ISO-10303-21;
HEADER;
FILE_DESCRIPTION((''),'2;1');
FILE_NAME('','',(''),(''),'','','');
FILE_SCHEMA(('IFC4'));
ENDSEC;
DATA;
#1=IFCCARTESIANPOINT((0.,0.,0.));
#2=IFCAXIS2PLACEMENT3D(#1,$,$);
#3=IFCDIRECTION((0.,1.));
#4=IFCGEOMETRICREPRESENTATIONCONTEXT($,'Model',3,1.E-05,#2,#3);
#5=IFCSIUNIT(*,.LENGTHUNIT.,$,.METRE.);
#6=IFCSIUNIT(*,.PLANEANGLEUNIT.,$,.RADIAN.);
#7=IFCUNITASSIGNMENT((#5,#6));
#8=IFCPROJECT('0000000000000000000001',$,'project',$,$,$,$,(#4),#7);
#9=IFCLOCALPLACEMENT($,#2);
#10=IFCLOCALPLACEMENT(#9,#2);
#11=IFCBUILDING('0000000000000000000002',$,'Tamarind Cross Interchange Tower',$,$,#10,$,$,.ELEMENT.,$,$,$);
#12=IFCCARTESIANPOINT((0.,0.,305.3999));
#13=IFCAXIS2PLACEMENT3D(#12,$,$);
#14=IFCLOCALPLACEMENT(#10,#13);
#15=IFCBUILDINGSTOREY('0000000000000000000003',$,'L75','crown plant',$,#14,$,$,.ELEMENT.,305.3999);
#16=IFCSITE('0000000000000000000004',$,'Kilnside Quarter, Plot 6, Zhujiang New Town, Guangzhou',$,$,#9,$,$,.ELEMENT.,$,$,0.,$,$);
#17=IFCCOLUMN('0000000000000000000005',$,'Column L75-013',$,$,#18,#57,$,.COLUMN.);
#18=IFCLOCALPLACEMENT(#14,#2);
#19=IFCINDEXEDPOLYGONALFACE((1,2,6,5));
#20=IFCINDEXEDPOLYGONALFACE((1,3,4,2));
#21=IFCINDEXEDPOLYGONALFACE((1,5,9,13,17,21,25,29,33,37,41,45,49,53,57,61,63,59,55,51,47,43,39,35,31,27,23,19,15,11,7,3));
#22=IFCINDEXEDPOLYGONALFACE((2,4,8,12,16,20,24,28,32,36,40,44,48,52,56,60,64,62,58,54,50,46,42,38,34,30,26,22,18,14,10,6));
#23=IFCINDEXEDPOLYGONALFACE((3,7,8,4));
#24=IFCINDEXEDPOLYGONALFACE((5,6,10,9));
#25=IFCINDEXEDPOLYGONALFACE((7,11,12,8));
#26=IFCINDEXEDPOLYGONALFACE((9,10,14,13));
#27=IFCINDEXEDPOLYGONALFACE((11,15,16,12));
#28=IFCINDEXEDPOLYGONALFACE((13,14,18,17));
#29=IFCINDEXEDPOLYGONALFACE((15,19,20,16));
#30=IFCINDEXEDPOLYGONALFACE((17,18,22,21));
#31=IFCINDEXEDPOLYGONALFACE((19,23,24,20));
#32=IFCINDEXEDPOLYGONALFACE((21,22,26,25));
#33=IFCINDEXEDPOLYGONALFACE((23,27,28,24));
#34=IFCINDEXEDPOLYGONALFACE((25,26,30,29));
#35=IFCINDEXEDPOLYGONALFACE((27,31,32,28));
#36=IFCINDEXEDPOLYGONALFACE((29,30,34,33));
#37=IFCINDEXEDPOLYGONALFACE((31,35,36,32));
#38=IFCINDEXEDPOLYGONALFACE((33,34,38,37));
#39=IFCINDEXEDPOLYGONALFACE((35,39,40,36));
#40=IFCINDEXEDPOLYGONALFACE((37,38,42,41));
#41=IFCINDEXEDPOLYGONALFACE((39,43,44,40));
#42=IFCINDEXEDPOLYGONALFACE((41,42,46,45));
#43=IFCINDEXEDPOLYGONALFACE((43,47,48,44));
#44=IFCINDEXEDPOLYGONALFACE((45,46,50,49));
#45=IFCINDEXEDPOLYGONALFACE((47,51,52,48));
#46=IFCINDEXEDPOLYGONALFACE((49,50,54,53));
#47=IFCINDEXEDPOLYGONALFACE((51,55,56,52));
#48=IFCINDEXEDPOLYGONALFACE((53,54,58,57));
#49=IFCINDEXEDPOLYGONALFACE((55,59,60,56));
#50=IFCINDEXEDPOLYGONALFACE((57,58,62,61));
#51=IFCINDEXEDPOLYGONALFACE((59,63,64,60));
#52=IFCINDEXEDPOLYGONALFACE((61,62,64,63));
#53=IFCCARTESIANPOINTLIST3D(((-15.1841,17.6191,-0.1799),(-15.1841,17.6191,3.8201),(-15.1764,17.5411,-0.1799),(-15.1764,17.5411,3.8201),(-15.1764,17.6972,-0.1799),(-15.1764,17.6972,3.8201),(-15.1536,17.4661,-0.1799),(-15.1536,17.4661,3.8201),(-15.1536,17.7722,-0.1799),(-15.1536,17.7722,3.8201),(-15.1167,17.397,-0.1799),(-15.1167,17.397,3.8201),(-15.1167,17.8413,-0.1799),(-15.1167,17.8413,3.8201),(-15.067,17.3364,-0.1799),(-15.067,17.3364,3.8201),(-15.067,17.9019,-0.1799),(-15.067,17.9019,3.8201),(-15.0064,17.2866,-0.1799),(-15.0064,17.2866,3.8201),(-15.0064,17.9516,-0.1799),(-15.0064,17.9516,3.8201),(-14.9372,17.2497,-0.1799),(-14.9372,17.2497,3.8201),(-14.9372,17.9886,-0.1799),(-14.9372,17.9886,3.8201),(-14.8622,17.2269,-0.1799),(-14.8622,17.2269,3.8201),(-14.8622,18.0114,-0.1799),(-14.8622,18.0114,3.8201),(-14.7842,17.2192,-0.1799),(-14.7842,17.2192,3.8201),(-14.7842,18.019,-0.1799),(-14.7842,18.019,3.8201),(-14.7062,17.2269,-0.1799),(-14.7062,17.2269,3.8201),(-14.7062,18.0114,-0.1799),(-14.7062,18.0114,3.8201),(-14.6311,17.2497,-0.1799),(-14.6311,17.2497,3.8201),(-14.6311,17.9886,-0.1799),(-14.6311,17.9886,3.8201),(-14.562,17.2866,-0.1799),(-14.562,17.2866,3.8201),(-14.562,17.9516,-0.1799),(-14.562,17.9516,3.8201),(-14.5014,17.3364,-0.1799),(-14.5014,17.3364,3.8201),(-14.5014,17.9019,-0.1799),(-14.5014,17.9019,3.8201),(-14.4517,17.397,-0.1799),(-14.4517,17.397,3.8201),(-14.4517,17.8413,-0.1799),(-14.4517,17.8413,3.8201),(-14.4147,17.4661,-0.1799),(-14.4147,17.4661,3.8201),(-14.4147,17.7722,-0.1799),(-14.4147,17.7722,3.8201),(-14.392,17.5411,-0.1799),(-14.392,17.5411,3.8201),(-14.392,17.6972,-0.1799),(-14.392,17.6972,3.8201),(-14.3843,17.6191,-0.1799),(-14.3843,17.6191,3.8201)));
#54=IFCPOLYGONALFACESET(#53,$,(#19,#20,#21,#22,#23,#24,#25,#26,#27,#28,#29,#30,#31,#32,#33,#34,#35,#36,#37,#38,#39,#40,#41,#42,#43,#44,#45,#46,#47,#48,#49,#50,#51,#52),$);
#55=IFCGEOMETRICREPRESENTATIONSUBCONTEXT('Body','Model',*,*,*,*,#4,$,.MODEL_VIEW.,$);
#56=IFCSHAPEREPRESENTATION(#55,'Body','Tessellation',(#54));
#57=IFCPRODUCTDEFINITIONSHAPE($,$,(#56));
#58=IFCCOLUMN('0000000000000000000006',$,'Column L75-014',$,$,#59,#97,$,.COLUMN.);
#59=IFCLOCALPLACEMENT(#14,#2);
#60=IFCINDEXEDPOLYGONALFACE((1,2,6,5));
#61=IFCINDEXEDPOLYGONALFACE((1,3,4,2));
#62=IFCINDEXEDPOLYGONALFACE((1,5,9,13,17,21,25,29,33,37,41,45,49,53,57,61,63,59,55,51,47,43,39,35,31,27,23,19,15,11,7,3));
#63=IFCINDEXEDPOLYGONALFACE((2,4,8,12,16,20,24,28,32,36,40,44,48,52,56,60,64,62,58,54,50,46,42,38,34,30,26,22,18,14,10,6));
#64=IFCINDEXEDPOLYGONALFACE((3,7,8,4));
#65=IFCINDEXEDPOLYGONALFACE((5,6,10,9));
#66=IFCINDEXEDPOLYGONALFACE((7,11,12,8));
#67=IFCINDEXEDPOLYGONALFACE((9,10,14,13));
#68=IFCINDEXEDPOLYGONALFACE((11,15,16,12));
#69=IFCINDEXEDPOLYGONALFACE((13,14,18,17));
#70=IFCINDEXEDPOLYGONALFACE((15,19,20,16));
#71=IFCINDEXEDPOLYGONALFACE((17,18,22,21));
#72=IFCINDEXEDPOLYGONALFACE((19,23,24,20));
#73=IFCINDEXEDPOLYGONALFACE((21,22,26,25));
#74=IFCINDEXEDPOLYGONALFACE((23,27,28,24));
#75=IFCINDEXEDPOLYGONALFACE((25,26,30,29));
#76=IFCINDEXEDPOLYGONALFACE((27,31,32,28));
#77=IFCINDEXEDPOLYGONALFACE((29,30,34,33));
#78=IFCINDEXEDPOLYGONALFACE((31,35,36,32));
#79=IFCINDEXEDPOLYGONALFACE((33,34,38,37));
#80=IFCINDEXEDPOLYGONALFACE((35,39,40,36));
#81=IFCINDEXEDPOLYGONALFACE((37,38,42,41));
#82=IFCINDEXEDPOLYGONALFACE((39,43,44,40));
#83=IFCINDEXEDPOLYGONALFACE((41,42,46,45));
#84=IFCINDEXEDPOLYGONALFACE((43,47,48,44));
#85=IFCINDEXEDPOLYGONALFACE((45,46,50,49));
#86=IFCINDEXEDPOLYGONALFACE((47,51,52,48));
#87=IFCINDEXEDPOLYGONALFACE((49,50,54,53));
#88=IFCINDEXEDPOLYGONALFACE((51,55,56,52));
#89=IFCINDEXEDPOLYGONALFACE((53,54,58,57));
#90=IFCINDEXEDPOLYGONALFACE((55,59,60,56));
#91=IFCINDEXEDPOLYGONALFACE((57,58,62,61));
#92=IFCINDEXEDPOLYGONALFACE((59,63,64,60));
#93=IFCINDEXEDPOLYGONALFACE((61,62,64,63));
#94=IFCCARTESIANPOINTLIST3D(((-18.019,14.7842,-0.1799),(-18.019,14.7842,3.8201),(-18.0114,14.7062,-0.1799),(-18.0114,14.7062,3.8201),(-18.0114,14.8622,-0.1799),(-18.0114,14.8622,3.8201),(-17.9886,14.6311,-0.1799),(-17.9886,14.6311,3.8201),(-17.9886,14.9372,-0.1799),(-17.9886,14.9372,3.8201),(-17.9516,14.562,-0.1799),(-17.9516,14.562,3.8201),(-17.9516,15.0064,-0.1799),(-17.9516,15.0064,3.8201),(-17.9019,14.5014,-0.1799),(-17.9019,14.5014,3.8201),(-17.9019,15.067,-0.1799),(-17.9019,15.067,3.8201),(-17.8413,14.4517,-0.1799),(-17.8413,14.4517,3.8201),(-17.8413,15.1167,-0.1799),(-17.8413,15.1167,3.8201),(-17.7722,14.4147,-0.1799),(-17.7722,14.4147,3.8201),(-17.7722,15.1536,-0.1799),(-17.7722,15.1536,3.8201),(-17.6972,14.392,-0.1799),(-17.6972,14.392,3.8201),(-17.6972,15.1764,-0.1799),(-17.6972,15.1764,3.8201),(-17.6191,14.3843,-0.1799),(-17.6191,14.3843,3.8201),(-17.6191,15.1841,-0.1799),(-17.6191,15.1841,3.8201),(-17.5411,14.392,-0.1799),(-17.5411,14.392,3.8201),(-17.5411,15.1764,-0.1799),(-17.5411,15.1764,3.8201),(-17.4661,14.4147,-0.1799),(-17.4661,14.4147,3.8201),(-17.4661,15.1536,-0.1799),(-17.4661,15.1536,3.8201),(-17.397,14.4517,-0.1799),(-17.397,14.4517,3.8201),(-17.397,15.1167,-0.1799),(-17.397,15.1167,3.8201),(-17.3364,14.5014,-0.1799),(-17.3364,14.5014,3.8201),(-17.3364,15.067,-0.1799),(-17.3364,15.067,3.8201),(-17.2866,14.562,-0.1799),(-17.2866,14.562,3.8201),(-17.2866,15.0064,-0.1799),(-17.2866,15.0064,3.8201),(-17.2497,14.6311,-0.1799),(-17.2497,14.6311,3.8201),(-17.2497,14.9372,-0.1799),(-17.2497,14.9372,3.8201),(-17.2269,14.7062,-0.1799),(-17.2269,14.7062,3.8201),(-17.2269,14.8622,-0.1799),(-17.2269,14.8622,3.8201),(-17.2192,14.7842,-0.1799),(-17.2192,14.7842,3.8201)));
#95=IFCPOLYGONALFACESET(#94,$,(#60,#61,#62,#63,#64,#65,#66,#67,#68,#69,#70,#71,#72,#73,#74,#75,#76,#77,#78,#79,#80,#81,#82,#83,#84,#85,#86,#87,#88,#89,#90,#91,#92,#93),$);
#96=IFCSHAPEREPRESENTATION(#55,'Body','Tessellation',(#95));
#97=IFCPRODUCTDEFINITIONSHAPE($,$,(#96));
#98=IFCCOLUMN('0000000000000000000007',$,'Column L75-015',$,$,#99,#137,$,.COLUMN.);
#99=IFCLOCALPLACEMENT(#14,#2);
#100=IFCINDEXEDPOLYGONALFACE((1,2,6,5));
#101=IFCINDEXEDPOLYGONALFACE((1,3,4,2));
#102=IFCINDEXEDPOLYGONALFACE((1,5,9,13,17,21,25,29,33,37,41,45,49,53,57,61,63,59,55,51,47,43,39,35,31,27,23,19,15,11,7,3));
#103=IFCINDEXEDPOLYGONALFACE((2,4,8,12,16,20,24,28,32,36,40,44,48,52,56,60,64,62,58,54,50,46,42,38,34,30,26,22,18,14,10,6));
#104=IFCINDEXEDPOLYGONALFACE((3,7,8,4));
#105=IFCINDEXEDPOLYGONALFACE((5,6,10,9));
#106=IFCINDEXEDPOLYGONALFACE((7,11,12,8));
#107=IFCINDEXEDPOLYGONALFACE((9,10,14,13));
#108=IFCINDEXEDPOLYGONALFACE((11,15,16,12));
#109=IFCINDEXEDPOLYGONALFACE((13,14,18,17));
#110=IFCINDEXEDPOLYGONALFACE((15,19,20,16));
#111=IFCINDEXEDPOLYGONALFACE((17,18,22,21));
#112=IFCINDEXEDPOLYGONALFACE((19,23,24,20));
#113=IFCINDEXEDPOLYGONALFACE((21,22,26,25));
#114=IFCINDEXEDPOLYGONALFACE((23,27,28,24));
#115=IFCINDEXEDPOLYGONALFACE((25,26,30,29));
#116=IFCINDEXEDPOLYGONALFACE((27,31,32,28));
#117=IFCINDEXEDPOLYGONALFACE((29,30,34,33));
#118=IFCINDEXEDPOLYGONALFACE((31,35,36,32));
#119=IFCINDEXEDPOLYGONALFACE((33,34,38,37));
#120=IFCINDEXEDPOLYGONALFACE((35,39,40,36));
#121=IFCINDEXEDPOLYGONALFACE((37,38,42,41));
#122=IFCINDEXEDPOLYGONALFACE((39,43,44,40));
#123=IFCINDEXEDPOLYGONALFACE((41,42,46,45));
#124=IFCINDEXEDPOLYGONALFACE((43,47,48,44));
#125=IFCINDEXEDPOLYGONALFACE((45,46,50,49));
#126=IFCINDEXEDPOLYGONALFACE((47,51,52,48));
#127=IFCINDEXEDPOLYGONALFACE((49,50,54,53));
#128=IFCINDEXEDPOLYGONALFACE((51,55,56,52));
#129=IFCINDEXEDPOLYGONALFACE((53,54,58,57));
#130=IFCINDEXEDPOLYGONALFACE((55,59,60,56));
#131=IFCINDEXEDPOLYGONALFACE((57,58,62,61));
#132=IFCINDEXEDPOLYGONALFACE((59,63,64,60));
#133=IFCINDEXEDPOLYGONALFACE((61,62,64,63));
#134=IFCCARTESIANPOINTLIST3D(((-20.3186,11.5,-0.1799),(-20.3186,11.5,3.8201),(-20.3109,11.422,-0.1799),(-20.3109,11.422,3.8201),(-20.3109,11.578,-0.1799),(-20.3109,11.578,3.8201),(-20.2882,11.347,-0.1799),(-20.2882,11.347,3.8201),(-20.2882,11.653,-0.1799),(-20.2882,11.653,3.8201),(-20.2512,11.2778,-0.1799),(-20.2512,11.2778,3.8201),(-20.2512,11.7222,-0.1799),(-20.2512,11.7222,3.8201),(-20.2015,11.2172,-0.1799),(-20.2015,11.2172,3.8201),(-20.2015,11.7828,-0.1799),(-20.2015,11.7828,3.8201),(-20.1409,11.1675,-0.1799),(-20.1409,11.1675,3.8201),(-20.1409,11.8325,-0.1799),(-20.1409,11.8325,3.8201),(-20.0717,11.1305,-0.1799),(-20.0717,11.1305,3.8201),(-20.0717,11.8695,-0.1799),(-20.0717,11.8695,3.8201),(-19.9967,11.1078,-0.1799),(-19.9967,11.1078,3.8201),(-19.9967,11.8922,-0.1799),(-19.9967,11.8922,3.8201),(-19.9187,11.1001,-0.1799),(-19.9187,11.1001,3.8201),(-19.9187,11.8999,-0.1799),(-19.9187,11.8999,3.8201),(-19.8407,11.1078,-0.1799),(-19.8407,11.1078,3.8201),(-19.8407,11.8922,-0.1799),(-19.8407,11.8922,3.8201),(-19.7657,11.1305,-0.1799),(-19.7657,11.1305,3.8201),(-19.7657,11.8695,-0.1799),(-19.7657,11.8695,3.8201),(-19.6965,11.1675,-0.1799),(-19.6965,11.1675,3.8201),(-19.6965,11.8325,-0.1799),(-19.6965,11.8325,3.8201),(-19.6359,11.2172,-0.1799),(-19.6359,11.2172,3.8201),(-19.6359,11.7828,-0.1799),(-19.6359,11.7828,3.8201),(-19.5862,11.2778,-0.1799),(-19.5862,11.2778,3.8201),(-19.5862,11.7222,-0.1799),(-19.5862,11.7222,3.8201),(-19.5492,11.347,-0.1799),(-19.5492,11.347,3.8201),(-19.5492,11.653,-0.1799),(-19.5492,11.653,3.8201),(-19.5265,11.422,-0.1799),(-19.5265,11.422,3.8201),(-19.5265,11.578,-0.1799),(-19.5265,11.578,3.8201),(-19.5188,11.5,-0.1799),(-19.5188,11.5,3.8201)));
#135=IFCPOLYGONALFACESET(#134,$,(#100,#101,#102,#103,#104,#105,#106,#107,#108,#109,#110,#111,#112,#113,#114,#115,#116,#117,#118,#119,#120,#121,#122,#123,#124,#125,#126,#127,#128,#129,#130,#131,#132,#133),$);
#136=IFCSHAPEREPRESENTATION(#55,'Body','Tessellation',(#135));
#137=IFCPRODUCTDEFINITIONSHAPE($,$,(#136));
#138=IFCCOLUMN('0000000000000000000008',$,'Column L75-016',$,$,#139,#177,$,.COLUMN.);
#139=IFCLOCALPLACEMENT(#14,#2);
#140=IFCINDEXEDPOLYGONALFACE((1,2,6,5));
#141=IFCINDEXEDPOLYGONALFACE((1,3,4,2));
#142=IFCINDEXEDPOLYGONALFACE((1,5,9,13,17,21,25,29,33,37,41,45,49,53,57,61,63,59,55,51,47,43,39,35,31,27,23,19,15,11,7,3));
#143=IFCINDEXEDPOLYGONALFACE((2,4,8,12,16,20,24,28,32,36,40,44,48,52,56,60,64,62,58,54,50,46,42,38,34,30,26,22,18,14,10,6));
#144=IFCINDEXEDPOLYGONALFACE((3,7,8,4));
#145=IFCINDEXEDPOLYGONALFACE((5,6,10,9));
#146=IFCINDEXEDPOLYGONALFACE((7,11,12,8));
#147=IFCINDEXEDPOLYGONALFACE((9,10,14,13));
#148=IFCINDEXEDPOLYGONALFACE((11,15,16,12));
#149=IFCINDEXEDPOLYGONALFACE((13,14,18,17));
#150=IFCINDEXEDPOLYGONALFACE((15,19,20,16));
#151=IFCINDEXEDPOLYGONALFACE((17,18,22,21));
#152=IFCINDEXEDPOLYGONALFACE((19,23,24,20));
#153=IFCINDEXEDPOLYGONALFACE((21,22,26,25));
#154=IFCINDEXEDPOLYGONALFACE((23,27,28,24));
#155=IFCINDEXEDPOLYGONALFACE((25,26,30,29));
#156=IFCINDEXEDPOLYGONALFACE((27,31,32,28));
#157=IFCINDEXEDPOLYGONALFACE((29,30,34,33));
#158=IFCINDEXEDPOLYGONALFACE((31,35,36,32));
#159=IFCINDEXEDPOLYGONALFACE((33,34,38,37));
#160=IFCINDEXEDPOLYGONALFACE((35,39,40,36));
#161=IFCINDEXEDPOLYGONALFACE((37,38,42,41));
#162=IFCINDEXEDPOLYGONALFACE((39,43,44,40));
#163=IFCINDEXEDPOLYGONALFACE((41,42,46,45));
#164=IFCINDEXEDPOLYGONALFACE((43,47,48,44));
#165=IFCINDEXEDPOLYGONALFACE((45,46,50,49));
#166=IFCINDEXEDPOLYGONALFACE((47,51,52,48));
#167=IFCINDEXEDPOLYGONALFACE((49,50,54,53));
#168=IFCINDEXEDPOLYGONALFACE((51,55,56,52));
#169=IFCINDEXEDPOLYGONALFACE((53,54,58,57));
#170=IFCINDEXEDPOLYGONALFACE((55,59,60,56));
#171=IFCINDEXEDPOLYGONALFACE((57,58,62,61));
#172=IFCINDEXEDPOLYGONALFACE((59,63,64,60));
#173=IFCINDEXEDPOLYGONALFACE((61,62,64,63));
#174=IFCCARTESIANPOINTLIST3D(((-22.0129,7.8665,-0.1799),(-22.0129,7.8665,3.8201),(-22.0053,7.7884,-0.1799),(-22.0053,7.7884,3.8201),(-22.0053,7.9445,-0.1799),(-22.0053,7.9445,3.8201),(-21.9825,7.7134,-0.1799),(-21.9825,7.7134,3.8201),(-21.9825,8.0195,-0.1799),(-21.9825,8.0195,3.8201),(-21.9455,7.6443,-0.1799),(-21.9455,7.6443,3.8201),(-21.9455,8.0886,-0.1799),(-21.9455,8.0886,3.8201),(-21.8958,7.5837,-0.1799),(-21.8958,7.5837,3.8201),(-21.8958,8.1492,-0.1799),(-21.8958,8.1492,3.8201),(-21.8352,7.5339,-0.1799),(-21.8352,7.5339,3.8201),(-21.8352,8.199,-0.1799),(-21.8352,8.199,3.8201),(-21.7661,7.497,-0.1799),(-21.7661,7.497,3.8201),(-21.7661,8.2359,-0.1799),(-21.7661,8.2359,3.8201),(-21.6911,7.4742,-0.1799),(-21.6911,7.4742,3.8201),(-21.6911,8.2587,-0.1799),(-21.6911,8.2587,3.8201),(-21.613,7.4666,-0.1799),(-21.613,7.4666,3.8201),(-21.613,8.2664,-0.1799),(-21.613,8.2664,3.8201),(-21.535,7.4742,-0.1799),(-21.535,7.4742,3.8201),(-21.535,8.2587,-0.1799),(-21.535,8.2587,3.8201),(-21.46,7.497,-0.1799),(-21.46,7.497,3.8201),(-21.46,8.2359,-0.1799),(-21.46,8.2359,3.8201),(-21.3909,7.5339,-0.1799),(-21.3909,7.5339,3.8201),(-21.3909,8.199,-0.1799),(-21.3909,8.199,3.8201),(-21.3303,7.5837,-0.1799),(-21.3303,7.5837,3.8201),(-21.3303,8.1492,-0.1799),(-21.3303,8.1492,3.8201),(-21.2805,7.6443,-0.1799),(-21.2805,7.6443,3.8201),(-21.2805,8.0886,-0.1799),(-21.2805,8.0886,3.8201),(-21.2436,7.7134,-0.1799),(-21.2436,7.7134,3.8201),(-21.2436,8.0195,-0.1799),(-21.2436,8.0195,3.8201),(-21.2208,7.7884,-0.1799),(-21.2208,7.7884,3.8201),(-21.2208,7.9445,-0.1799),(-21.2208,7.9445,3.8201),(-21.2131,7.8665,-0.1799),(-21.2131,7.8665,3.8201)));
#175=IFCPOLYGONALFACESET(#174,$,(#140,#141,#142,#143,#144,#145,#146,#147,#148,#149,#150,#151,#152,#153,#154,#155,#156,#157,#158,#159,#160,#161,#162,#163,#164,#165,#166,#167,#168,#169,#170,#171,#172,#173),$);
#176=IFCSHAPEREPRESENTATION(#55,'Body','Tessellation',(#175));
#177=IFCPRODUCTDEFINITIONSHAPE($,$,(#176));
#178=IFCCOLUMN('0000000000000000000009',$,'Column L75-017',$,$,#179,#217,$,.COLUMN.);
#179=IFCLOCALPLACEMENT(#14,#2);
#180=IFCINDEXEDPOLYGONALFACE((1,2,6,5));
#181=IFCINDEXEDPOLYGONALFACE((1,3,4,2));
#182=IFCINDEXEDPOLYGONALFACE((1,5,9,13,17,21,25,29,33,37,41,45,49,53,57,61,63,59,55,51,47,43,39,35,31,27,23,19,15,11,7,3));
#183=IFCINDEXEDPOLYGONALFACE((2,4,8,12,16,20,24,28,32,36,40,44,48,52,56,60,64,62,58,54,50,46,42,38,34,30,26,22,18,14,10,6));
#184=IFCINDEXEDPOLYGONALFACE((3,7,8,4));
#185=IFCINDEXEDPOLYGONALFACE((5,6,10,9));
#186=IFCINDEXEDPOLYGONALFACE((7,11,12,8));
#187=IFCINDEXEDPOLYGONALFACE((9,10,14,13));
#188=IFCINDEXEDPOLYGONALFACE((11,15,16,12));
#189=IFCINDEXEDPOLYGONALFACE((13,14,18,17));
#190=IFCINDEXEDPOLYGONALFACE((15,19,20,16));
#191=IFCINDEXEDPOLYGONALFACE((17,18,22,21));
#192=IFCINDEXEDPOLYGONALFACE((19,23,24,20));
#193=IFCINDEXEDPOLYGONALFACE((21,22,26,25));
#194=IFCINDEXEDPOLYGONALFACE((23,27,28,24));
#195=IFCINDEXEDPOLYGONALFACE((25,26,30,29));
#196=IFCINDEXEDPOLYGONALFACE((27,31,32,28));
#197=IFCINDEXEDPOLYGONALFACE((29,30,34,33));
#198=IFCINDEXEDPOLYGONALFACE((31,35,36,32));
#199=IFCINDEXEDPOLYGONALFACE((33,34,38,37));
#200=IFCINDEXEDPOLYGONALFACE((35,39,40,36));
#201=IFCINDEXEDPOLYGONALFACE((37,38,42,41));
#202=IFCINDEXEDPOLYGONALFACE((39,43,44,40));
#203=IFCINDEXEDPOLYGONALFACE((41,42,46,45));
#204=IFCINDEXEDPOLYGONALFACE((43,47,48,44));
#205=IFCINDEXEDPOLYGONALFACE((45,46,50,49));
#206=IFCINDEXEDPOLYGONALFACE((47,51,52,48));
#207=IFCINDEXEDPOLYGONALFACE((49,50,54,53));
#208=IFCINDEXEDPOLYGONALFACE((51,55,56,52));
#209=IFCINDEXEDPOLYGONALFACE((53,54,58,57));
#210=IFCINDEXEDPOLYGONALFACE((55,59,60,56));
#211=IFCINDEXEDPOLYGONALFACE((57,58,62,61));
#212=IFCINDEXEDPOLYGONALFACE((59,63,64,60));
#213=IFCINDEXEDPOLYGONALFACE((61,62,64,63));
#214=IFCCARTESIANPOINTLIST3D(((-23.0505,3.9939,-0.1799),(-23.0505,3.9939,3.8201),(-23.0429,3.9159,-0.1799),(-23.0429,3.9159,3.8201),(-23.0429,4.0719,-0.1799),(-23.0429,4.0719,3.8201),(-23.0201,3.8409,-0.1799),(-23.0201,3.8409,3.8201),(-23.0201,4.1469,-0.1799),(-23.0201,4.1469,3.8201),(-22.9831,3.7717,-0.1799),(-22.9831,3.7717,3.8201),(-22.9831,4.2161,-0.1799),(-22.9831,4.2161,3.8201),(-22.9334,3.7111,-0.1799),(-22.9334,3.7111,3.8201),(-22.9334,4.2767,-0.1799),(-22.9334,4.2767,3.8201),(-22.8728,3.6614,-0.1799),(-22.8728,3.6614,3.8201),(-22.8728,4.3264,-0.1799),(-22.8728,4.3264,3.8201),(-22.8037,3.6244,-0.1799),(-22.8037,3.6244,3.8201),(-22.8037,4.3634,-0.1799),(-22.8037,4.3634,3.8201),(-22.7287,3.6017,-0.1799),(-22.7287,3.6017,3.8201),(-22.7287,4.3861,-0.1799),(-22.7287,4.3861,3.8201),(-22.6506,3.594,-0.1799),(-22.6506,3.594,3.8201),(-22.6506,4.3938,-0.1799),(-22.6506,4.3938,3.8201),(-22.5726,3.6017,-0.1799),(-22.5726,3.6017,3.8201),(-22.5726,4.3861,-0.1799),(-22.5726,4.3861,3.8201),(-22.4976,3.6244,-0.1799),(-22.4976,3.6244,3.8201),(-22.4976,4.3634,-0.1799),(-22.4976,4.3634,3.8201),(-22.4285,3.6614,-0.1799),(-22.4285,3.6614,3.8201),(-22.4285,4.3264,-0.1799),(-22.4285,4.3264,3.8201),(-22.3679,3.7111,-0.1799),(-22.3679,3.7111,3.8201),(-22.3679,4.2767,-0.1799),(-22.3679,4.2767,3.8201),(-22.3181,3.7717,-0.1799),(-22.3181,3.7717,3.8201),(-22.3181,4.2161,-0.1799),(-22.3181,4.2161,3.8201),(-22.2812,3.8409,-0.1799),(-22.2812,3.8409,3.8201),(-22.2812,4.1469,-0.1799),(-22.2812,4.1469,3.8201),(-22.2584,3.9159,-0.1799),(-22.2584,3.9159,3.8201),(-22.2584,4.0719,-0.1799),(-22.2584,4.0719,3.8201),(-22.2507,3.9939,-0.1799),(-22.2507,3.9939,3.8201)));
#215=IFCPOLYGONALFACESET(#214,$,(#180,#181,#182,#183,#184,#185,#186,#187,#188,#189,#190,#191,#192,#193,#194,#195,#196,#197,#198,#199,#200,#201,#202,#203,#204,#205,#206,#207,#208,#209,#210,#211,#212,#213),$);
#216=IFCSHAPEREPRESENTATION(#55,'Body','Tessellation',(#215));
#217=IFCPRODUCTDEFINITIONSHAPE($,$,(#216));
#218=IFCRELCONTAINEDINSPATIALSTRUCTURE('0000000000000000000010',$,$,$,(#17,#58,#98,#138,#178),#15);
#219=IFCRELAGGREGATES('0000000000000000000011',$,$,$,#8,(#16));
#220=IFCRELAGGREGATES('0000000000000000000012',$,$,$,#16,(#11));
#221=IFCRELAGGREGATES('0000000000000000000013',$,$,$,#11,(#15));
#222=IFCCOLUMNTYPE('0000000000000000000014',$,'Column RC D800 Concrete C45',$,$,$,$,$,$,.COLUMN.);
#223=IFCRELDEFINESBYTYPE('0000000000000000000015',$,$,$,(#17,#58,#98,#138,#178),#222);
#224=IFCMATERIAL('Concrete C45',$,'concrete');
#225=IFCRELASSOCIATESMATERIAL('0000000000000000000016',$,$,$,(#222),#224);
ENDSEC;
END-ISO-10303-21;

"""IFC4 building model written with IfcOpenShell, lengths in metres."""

from ifc_helpers import new_model, si_unit, direction, frame, origin, origin_2d, place, context, subcontext, project, spatial, circle, extrude, material, material_profile, profile_set, type_object, element, save


model = new_model("IFC4")

# Units and contexts
model_context = context("Model", 3, precision=1e-05, world=origin(), true_north=direction((0.0, 1.0)))
body_context = subcontext(model_context, "Body", "Model", "MODEL_VIEW")
ifc_project = project(units=[si_unit("LENGTHUNIT", "METRE"), si_unit("PLANEANGLEUNIT", "RADIAN")], contexts=[model_context])

# Site, building, storey
site_placement = place(None, origin())
site = spatial("IfcSite", under=ifc_project, at=site_placement, Name="Kilnside Quarter, Plot 6, Zhujiang New Town, Guangzhou", CompositionType="ELEMENT", RefElevation=0.0)
building_placement = place(site_placement, origin())
building = spatial("IfcBuilding", under=site, at=building_placement, Name="Tamarind Cross Interchange Tower", CompositionType="ELEMENT")
storey_placement = place(building_placement, frame((0.0, 0.0, 305.3999)))
storey = spatial("IfcBuildingStorey", under=building, at=storey_placement, Name="L75", Description="crown plant", CompositionType="ELEMENT", Elevation=305.3999)

# Columns
ifc_material_1 = material(Name="Concrete C45", Category="concrete")
ifc_material_profile_1 = material_profile(ifc_material_1, circle(Radius=0.3999, at=origin_2d()), Name="RC D800")
ifc_profile_set_1 = profile_set([ifc_material_profile_1], Name="Concrete C45")
column_type = type_object("IfcColumnType", Name="Column RC D800 Concrete C45", PredefinedType="COLUMN", material=ifc_profile_set_1)
for number, where, z_axis, x_axis, name in (
    (1, (-14.7842, 17.6191, -0.1799), (0.0, 0.0, 1.0), (1.0, 0.0, 0.0), "Column L75-013"),
    (2, (-17.6191, 14.7842, -0.1799), (0.0, 0.0, 1.0), (1.0, 0.0, 0.0), "Column L75-014"),
    (3, (-19.9187, 11.5, -0.1799), (0.0, 0.0, 1.0), (1.0, 0.0, 0.0), "Column L75-015"),
    (4, (-21.613, 7.8665, -0.1799), (0.0, 0.0, 1.0), (1.0, 0.0, 0.0), "Column L75-016"),
    (5, (-22.6506, 3.9939, -0.1799), (0.0, 0.0, 1.0), (1.0, 0.0, 0.0), "Column L75-017"),
):
    element("IfcColumn", number, at=place(storey_placement, frame(where, z_axis=z_axis, x_axis=x_axis)), inside=storey, type_object=column_type, Name=name, PredefinedType="COLUMN", context=body_context, shape_type="SweptSolid", body=[
        extrude(circle(Radius=0.3999, at=origin_2d()), origin(), (0.0, 0.0, 1.0), 4.0),
    ])

save(model, "model.ifc")
